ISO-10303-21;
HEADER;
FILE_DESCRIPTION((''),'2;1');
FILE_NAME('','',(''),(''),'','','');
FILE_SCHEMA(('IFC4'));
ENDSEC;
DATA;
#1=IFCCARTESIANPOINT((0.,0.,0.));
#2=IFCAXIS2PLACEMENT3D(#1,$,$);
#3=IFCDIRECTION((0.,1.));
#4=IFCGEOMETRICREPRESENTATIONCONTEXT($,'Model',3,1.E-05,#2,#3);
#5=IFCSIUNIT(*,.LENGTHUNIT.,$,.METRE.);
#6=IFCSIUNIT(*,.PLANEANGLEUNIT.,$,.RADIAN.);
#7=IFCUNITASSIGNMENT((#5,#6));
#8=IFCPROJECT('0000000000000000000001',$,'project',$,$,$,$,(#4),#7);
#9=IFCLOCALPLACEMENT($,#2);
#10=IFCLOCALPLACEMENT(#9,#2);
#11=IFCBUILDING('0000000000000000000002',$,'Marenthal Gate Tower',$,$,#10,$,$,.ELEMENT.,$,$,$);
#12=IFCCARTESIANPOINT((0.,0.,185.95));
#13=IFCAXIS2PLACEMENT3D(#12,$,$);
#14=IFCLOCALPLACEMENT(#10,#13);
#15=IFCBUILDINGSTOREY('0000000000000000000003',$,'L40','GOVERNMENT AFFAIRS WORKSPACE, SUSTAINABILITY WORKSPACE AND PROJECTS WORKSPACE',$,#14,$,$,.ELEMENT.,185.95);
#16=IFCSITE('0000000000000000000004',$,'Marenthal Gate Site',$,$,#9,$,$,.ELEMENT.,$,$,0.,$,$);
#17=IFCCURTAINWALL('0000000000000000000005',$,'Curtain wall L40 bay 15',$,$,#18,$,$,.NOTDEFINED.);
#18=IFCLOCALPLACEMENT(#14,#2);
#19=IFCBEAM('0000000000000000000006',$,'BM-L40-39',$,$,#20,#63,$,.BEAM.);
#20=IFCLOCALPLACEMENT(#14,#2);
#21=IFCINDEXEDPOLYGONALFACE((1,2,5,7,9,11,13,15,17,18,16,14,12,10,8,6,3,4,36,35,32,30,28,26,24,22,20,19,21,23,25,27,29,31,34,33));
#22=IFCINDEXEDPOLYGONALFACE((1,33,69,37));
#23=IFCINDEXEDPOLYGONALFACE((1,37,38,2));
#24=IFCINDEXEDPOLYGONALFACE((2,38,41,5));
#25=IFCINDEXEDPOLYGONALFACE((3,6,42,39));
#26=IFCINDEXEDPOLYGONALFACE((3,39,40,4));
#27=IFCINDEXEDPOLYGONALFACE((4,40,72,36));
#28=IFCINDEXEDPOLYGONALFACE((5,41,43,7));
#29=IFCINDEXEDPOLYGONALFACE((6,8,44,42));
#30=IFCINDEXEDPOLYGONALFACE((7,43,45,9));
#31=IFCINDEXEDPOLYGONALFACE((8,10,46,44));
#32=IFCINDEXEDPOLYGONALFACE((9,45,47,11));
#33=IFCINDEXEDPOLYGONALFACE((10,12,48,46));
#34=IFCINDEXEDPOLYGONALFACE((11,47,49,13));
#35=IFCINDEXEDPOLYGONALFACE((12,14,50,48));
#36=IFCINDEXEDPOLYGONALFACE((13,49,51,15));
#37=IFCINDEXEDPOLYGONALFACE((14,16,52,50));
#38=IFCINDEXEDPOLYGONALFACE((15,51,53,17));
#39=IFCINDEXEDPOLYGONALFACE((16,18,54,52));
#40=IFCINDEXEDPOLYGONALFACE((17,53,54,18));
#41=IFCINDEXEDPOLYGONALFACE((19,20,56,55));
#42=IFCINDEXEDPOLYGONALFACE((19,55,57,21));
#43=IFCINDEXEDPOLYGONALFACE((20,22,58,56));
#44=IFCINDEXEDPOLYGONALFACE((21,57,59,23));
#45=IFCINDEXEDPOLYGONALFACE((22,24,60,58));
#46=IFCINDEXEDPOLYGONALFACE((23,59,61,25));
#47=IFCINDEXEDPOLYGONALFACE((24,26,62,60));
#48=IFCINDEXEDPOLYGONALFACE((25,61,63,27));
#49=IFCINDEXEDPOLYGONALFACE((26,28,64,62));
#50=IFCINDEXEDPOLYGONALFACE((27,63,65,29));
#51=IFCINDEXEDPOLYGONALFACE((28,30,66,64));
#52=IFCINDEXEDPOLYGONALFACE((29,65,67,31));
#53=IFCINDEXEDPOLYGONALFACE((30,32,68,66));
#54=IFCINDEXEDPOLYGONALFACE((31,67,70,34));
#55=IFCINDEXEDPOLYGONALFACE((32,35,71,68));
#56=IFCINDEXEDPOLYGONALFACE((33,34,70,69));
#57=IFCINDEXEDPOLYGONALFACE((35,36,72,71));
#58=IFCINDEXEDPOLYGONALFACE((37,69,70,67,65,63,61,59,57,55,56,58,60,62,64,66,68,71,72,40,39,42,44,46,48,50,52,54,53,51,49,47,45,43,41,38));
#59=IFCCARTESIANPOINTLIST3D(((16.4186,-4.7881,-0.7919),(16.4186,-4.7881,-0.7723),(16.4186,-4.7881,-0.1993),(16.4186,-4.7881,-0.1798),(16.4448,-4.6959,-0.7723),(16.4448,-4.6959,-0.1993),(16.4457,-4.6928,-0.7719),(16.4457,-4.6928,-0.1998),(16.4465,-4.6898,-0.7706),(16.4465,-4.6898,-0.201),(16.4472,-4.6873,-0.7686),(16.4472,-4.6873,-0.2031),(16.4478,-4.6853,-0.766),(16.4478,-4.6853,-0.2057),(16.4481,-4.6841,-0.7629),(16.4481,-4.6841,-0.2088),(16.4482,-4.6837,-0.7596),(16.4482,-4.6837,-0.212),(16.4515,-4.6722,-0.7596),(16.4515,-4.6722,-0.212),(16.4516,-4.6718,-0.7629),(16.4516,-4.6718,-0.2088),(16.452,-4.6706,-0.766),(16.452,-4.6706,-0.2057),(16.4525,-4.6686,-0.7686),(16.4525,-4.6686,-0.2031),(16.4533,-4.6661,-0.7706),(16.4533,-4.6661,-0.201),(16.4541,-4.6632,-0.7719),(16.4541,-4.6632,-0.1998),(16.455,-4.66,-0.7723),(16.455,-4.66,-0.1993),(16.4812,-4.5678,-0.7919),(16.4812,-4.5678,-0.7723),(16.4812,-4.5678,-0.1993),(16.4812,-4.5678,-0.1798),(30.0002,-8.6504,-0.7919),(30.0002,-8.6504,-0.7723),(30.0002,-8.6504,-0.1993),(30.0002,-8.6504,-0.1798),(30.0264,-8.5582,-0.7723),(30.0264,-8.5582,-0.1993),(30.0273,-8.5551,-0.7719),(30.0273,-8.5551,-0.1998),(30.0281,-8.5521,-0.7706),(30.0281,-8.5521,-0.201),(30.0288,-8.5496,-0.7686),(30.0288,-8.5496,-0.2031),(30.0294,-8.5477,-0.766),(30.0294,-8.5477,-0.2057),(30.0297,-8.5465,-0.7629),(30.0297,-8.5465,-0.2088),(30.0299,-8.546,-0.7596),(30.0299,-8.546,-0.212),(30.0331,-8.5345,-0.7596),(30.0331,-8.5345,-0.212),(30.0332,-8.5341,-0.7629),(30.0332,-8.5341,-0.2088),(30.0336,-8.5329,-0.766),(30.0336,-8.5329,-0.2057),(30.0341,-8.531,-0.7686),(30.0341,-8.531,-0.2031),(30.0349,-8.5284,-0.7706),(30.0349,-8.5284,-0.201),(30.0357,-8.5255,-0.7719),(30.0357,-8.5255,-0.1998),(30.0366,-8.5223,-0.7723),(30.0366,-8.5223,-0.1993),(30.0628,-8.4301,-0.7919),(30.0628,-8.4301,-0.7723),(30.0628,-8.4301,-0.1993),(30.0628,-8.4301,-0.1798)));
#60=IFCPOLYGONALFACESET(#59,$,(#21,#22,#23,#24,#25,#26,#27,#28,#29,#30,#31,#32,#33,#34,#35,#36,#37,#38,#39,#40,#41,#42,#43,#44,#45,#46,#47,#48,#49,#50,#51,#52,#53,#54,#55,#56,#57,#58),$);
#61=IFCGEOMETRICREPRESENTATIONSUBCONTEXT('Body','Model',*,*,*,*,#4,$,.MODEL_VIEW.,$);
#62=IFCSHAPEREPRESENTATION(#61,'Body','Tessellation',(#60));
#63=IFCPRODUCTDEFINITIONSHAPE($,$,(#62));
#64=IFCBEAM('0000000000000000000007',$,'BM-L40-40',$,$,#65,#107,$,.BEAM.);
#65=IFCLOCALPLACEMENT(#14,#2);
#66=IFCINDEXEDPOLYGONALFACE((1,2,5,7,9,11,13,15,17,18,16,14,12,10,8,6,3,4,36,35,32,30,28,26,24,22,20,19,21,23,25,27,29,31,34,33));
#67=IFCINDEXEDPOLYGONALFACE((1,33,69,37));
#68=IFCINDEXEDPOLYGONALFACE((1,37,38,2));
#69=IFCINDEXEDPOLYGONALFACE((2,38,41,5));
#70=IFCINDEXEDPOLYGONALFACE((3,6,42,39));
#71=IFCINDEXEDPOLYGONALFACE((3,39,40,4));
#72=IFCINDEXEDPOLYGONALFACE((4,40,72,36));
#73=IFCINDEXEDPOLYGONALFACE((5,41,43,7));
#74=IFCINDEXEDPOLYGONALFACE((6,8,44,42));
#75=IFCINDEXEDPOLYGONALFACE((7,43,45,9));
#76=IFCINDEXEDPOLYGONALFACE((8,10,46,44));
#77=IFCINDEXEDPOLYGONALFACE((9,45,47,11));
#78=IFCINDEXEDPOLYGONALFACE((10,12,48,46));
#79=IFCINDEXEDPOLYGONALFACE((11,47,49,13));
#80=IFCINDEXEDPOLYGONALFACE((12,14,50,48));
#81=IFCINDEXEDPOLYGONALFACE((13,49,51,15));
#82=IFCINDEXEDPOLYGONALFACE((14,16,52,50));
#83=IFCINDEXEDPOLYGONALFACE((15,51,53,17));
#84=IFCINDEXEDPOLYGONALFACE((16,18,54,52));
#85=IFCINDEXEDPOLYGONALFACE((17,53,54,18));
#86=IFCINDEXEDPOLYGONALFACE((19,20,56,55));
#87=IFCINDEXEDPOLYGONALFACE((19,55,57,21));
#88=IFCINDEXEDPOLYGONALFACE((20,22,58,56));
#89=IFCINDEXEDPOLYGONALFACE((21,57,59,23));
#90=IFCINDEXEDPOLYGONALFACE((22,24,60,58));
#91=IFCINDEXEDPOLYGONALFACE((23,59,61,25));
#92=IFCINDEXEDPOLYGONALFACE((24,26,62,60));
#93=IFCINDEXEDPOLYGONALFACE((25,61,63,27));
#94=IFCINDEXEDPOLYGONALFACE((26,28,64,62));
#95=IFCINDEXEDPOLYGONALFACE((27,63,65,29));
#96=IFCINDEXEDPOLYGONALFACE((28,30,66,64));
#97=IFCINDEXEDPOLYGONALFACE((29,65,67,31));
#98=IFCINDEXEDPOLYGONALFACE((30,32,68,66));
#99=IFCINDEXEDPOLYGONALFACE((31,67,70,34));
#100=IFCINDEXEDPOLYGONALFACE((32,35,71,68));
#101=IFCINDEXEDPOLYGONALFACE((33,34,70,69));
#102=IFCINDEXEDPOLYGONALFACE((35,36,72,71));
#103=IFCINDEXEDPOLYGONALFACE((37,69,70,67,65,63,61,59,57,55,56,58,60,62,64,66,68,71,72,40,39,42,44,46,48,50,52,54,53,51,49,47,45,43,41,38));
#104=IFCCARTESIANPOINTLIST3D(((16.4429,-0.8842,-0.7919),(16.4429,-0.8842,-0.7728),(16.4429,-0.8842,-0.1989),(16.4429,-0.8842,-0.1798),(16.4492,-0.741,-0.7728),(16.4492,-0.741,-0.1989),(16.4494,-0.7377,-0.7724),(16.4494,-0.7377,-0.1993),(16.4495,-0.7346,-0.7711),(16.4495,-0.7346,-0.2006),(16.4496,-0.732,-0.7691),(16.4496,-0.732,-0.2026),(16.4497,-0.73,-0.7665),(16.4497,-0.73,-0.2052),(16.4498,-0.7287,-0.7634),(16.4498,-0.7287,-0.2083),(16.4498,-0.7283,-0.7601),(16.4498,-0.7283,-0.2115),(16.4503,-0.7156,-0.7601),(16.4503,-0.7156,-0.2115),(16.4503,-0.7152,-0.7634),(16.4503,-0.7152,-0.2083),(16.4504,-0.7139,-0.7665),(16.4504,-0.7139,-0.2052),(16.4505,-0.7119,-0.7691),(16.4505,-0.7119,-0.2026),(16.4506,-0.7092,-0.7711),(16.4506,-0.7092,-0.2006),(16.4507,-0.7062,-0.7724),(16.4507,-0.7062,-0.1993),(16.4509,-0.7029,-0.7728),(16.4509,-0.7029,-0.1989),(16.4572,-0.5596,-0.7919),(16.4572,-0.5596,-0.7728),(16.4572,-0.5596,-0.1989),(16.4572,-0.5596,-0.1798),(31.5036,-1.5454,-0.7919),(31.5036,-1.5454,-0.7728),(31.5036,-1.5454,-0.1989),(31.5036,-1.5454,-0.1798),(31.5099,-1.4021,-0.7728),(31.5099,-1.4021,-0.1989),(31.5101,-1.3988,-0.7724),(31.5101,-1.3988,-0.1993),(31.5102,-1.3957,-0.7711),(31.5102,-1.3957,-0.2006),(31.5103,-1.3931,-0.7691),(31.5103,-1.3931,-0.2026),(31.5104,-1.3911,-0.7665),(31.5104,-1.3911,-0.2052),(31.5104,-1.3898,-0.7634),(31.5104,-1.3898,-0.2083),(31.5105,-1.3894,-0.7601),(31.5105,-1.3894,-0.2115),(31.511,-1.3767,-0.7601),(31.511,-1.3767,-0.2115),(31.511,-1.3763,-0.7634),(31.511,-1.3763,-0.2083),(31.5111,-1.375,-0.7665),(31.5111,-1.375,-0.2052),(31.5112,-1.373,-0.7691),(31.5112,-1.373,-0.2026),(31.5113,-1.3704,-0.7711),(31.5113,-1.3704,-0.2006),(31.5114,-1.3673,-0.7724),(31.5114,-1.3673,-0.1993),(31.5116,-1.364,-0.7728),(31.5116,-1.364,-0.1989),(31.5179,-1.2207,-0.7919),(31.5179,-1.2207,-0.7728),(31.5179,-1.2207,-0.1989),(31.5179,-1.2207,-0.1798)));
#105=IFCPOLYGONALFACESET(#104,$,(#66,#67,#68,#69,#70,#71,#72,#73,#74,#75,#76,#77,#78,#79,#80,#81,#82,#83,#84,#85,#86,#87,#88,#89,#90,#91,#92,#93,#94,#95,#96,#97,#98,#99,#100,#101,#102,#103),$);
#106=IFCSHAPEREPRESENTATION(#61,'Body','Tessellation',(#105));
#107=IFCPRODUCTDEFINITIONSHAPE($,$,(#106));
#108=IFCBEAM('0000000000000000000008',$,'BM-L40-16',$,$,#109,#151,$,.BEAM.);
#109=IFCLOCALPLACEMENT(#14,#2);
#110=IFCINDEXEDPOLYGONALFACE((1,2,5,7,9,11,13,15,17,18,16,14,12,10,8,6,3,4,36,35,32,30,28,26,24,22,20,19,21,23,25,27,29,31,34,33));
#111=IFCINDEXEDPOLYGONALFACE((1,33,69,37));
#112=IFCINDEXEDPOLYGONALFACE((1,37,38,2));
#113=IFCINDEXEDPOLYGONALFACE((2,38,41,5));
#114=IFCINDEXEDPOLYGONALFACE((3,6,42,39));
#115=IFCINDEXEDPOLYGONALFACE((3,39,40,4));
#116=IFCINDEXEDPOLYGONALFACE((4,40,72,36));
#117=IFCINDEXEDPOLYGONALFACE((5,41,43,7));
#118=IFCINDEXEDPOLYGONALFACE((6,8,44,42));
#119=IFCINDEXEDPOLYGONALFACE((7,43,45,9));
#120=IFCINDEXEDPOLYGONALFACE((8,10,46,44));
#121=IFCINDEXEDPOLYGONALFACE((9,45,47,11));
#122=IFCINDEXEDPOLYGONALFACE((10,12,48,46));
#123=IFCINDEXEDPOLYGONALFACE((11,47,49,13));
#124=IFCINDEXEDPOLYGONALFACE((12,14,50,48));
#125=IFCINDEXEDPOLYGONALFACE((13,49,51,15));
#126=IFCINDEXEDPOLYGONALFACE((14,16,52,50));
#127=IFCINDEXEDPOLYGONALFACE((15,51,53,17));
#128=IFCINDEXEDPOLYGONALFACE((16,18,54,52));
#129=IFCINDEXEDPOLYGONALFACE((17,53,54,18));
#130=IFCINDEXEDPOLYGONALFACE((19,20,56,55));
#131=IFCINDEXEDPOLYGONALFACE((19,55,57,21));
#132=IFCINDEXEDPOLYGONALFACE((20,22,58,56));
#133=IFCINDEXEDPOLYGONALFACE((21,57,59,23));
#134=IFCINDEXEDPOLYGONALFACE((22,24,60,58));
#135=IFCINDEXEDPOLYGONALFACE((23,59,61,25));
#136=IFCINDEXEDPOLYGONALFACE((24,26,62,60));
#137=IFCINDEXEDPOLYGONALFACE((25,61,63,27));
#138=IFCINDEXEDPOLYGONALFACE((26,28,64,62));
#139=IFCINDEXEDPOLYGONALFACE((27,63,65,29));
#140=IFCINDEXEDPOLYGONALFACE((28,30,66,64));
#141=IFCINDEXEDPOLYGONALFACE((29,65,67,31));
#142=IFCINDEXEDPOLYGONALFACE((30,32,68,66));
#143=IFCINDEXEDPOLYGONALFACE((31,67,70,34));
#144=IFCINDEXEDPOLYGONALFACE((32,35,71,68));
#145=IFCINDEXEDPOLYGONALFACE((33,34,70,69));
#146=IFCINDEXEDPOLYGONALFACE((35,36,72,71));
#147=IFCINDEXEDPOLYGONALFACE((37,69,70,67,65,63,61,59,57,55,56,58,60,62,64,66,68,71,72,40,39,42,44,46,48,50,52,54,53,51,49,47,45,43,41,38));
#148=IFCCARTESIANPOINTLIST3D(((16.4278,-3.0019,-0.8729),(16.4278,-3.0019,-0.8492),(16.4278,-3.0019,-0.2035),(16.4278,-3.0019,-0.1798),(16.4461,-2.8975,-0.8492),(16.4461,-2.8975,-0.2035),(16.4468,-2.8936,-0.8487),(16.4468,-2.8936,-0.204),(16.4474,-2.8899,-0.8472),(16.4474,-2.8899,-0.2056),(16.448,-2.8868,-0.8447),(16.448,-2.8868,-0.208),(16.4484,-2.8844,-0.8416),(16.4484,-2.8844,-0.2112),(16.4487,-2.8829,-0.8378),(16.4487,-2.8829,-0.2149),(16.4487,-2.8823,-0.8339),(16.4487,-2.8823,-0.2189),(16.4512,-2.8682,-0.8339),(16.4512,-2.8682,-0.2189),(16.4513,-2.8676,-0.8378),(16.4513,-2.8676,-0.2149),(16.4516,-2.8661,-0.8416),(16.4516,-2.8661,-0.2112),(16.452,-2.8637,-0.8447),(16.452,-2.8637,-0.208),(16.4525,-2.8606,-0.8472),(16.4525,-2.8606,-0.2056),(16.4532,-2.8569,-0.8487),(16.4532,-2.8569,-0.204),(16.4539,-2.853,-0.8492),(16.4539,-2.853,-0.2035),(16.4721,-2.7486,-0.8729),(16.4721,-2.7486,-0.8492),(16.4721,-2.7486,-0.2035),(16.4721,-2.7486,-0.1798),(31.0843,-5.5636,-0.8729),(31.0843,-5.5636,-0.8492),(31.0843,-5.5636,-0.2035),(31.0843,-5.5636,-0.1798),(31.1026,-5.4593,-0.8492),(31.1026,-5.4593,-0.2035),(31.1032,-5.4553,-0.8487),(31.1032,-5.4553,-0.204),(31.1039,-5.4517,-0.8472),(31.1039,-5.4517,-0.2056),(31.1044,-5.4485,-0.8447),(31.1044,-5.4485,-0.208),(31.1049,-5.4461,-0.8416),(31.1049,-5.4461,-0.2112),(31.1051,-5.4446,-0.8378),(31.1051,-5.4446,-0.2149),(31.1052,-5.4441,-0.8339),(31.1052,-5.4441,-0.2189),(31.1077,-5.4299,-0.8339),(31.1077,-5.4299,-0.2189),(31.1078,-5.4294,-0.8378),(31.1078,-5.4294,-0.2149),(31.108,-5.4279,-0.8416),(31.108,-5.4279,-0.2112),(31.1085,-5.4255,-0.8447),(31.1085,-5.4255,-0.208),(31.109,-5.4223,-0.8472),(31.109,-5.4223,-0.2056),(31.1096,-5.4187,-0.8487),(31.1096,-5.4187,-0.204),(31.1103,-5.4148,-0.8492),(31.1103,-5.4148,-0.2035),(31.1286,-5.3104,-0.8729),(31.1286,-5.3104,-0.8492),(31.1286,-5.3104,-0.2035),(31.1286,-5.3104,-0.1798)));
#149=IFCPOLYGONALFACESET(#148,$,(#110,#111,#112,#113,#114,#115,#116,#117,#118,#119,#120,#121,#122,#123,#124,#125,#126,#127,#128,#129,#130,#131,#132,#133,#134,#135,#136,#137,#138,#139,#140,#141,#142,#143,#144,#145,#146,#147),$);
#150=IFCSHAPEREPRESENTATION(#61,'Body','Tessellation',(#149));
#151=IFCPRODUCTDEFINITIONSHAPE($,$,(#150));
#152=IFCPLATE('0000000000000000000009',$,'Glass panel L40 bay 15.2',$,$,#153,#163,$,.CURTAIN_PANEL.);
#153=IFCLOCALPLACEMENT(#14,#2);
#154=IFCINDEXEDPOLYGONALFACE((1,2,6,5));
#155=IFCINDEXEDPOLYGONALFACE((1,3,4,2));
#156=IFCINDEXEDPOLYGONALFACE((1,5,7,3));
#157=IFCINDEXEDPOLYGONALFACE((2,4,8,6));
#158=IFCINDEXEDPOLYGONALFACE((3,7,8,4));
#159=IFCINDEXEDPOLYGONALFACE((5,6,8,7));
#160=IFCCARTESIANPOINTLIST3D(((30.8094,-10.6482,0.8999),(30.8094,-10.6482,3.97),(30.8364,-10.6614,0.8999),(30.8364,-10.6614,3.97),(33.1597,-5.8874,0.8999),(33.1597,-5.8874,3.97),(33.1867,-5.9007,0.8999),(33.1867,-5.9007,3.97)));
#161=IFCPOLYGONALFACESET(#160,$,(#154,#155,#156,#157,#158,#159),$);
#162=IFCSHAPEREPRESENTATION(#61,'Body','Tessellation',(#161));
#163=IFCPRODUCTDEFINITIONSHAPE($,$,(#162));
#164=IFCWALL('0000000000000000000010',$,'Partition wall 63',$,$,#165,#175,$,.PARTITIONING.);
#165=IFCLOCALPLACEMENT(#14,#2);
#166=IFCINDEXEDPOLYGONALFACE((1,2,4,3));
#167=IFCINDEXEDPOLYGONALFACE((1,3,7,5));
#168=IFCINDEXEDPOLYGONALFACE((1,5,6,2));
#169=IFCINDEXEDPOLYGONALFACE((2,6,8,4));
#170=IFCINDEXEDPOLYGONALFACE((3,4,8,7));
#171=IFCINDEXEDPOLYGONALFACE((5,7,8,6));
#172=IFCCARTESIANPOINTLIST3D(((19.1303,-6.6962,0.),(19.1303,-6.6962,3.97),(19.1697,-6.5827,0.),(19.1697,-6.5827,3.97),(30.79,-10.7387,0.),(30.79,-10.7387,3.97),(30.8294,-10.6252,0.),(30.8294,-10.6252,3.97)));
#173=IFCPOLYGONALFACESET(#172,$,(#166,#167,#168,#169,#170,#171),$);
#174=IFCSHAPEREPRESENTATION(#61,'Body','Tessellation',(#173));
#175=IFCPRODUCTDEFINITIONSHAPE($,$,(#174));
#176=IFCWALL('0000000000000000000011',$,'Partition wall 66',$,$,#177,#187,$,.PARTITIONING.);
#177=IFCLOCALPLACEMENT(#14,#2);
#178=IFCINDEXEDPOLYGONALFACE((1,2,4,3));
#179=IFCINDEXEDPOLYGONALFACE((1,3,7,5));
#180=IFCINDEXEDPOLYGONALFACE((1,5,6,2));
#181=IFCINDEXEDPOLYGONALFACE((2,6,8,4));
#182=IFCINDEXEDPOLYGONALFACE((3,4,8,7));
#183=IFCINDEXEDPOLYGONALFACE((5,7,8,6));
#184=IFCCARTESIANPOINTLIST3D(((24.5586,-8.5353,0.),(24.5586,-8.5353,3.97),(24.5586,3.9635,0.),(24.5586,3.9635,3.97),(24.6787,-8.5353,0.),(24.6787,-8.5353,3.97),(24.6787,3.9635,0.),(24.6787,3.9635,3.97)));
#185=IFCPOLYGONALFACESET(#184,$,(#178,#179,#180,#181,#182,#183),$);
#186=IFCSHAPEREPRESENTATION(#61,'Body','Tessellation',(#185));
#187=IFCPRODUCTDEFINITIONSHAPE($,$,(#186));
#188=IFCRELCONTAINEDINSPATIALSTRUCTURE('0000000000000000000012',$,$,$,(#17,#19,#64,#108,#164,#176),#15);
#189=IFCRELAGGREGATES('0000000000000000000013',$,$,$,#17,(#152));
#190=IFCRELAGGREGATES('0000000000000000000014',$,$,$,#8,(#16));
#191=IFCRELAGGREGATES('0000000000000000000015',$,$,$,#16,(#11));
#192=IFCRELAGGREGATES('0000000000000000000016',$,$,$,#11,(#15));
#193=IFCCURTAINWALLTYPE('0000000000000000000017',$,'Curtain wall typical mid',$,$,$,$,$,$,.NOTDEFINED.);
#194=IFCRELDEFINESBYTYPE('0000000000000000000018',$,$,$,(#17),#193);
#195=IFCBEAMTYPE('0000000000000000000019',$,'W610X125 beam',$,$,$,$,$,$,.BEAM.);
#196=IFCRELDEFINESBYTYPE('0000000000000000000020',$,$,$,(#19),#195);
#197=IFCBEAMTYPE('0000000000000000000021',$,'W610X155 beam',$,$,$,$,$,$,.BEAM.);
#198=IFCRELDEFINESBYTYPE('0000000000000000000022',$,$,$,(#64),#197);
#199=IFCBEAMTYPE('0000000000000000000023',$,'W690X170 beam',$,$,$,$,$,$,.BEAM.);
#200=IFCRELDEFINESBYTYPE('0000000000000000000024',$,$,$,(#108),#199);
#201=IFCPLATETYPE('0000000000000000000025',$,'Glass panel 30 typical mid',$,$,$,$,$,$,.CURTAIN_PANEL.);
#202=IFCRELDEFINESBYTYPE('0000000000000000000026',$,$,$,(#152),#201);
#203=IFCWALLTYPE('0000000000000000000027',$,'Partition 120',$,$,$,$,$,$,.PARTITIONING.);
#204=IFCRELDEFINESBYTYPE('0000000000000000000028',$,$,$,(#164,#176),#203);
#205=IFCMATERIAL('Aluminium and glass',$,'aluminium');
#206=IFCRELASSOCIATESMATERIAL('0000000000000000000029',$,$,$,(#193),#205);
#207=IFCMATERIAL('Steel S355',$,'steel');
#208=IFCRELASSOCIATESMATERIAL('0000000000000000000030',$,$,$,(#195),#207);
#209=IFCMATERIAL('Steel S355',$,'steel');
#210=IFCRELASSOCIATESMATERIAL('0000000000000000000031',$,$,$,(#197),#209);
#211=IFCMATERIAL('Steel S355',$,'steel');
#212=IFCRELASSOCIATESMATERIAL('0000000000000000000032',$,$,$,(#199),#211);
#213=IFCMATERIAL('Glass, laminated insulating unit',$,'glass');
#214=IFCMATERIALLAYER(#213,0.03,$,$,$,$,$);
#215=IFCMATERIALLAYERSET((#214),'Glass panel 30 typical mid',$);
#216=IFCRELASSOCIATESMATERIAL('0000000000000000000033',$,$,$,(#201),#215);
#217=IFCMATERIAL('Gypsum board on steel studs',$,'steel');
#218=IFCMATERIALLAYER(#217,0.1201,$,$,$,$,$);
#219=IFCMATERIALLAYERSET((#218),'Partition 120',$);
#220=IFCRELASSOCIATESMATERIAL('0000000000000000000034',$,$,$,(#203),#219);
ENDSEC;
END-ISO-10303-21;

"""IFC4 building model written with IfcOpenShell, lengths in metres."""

from ifc_helpers import new_model, si_unit, direction, frame, frame_2d, origin, origin_2d, place, context, subcontext, project, spatial, rectangle, i_section, extrude, material, layer, layer_set, material_profile, profile_set, type_object, element, aggregate, save


model = new_model("IFC4")

# Units and contexts
model_context = context("Model", 3, precision=1e-05, world=origin(), true_north=direction((0.0, 1.0)))
body_context = subcontext(model_context, "Body", "Model", "MODEL_VIEW")
ifc_project = project(units=[si_unit("LENGTHUNIT", "METRE"), si_unit("PLANEANGLEUNIT", "RADIAN")], contexts=[model_context])

# Site, building, storey
site_placement = place(None, origin())
site = spatial("IfcSite", under=ifc_project, at=site_placement, Name="Marenthal Gate Site", CompositionType="ELEMENT", RefElevation=0.0)
building_placement = place(site_placement, origin())
building = spatial("IfcBuilding", under=site, at=building_placement, Name="Marenthal Gate Tower", CompositionType="ELEMENT")
storey_placement = place(building_placement, frame((0.0, 0.0, 185.95)))
storey = spatial("IfcBuildingStorey", under=building, at=storey_placement, Name="L40", Description="GOVERNMENT AFFAIRS WORKSPACE, SUSTAINABILITY WORKSPACE AND PROJECTS WORKSPACE", CompositionType="ELEMENT", Elevation=185.95)

# Curtain wall
ifc_material_1 = material(Name="Aluminium and glass", Category="aluminium")
curtain_wall_type = type_object("IfcCurtainWallType", Name="Curtain wall typical mid", PredefinedType="NOTDEFINED", material=ifc_material_1)
curtain_wall_placement = place(storey_placement, origin())
curtain_wall = element("IfcCurtainWall", 1, at=curtain_wall_placement, inside=storey, type_object=curtain_wall_type, Name="Curtain wall L40 bay 15", PredefinedType="NOTDEFINED")

# Beams
ifc_material_2 = material(Name="Steel S355", Category="steel")
ifc_material_profile_1 = material_profile(ifc_material_2, i_section(OverallWidth=0.229, OverallDepth=0.6121, WebThickness=0.012, FlangeThickness=0.0195, FilletRadius=0.0127, at=origin_2d()), Name="W610X125")
ifc_profile_set_1 = profile_set([ifc_material_profile_1], Name="Steel S355")
beam_type_1 = type_object("IfcBeamType", Name="W610X125 beam", PredefinedType="BEAM", material=ifc_profile_set_1)
beam_1_placement = place(storey_placement, frame((30.0315, -8.5403, -0.4858), z_axis=(-0.961862, 0.273533, 0.0), x_axis=(-0.273533, -0.961862, 0.0)))
element("IfcBeam", 2, at=beam_1_placement, inside=storey, type_object=beam_type_1, Name="BM-L40-39", PredefinedType="BEAM", context=body_context, shape_type="SweptSolid", body=[
    extrude(i_section(OverallWidth=0.229, OverallDepth=0.6121, WebThickness=0.012, FlangeThickness=0.0195, FilletRadius=0.0127, at=origin_2d()), origin(), (0.0, 0.0, 1.0), 14.1201),
])
ifc_material_3 = material(Name="Steel S355", Category="steel")
ifc_material_profile_2 = material_profile(ifc_material_3, i_section(OverallWidth=0.325, OverallDepth=0.6121, WebThickness=0.0127, FlangeThickness=0.019, FilletRadius=0.0127, at=origin_2d()), Name="W610X155")
ifc_profile_set_2 = profile_set([ifc_material_profile_2], Name="Steel S355")
beam_type_2 = type_object("IfcBeamType", Name="W610X155 beam", PredefinedType="BEAM", material=ifc_profile_set_2)
beam_2_placement = place(storey_placement, frame((31.5107, -1.3831, -0.4858), z_axis=(-0.999038, 0.043855, 0.0), x_axis=(-0.043855, -0.999038, 0.0)))
element("IfcBeam", 3, at=beam_2_placement, inside=storey, type_object=beam_type_2, Name="BM-L40-40", PredefinedType="BEAM", context=body_context, shape_type="SweptSolid", body=[
    extrude(i_section(OverallWidth=0.325, OverallDepth=0.6121, WebThickness=0.0127, FlangeThickness=0.019, FilletRadius=0.0127, at=origin_2d()), origin(), (0.0, 0.0, 1.0), 15.0752),
])
ifc_material_4 = material(Name="Steel S355", Category="steel")
ifc_material_profile_3 = material_profile(ifc_material_4, i_section(OverallWidth=0.2571, OverallDepth=0.6931, WebThickness=0.0144, FlangeThickness=0.0237, FilletRadius=0.0154, at=origin_2d()), Name="W690X170")
ifc_profile_set_3 = profile_set([ifc_material_profile_3], Name="Steel S355")
beam_type_3 = type_object("IfcBeamType", Name="W690X170 beam", PredefinedType="BEAM", material=ifc_profile_set_3)
beam_3_placement = place(storey_placement, frame((31.1064, -5.437, -0.5264), z_axis=(-0.985066, 0.172177, 0.0), x_axis=(-0.172177, -0.985066, 0.0)))
element("IfcBeam", 4, at=beam_3_placement, inside=storey, type_object=beam_type_3, Name="BM-L40-16", PredefinedType="BEAM", context=body_context, shape_type="SweptSolid", body=[
    extrude(i_section(OverallWidth=0.2571, OverallDepth=0.6931, WebThickness=0.0144, FlangeThickness=0.0237, FilletRadius=0.0154, at=origin_2d()), origin(), (0.0, 0.0, 1.0), 14.8787),
])

# Plate
ifc_material_5 = material(Name="Glass, laminated insulating unit", Category="glass")
ifc_layer_1 = layer(ifc_material_5, 0.03)
ifc_layer_set_1 = layer_set([ifc_layer_1], Name="Glass panel 30 typical mid")
plate_type = type_object("IfcPlateType", Name="Glass panel 30 typical mid", PredefinedType="CURTAIN_PANEL", material=ifc_layer_set_1)
plate_placement = place(storey_placement, frame((31.998, -8.2744, 0.8999), z_axis=(0.0, 0.0, 1.0), x_axis=(0.442678, 0.896681, 0.0)))
plate = element("IfcPlate", 5, at=plate_placement, type_object=plate_type, Name="Glass panel L40 bay 15.2", PredefinedType="CURTAIN_PANEL", context=body_context, shape_type="SweptSolid", body=[
    extrude(rectangle(XDim=5.3093, YDim=0.03, at=origin_2d()), origin(), (0.0, 0.0, 1.0), 3.0701),
])
aggregate(curtain_wall, [plate])

# Walls
ifc_material_6 = material(Name="Gypsum board on steel studs", Category="steel")
ifc_layer_2 = layer(ifc_material_6, 0.1201)
ifc_layer_set_2 = layer_set([ifc_layer_2], Name="Partition 120")
wall_type_1 = type_object("IfcWallType", Name="Partition 120", PredefinedType="PARTITIONING", material=ifc_layer_set_2)
wall_1_placement = place(storey_placement, frame((19.1499, -6.6394, 0.0), z_axis=(0.0, 0.0, 1.0), x_axis=(0.944825, -0.327577, 0.0)))
element("IfcWall", 6, at=wall_1_placement, inside=storey, type_object=wall_type_1, Name="Partition wall 63", PredefinedType="PARTITIONING", context=body_context, shape_type="SweptSolid", body=[
    extrude(rectangle(XDim=12.3406, YDim=0.1201, at=frame_2d((6.1704, 0.0))), origin(), (0.0, 0.0, 1.0), 3.97),
])
wall_2_placement = place(storey_placement, frame((24.6187, -8.5354, 0.0), z_axis=(0.0, 0.0, 1.0), x_axis=(0.0, 1.0, 0.0)))
element("IfcWall", 7, at=wall_2_placement, inside=storey, type_object=wall_type_1, Name="Partition wall 66", PredefinedType="PARTITIONING", context=body_context, shape_type="SweptSolid", body=[
    extrude(rectangle(XDim=12.4988, YDim=0.1201, at=frame_2d((6.2495, 0.0))), origin(), (0.0, 0.0, 1.0), 3.97),
])

save(model, "model.ifc")
